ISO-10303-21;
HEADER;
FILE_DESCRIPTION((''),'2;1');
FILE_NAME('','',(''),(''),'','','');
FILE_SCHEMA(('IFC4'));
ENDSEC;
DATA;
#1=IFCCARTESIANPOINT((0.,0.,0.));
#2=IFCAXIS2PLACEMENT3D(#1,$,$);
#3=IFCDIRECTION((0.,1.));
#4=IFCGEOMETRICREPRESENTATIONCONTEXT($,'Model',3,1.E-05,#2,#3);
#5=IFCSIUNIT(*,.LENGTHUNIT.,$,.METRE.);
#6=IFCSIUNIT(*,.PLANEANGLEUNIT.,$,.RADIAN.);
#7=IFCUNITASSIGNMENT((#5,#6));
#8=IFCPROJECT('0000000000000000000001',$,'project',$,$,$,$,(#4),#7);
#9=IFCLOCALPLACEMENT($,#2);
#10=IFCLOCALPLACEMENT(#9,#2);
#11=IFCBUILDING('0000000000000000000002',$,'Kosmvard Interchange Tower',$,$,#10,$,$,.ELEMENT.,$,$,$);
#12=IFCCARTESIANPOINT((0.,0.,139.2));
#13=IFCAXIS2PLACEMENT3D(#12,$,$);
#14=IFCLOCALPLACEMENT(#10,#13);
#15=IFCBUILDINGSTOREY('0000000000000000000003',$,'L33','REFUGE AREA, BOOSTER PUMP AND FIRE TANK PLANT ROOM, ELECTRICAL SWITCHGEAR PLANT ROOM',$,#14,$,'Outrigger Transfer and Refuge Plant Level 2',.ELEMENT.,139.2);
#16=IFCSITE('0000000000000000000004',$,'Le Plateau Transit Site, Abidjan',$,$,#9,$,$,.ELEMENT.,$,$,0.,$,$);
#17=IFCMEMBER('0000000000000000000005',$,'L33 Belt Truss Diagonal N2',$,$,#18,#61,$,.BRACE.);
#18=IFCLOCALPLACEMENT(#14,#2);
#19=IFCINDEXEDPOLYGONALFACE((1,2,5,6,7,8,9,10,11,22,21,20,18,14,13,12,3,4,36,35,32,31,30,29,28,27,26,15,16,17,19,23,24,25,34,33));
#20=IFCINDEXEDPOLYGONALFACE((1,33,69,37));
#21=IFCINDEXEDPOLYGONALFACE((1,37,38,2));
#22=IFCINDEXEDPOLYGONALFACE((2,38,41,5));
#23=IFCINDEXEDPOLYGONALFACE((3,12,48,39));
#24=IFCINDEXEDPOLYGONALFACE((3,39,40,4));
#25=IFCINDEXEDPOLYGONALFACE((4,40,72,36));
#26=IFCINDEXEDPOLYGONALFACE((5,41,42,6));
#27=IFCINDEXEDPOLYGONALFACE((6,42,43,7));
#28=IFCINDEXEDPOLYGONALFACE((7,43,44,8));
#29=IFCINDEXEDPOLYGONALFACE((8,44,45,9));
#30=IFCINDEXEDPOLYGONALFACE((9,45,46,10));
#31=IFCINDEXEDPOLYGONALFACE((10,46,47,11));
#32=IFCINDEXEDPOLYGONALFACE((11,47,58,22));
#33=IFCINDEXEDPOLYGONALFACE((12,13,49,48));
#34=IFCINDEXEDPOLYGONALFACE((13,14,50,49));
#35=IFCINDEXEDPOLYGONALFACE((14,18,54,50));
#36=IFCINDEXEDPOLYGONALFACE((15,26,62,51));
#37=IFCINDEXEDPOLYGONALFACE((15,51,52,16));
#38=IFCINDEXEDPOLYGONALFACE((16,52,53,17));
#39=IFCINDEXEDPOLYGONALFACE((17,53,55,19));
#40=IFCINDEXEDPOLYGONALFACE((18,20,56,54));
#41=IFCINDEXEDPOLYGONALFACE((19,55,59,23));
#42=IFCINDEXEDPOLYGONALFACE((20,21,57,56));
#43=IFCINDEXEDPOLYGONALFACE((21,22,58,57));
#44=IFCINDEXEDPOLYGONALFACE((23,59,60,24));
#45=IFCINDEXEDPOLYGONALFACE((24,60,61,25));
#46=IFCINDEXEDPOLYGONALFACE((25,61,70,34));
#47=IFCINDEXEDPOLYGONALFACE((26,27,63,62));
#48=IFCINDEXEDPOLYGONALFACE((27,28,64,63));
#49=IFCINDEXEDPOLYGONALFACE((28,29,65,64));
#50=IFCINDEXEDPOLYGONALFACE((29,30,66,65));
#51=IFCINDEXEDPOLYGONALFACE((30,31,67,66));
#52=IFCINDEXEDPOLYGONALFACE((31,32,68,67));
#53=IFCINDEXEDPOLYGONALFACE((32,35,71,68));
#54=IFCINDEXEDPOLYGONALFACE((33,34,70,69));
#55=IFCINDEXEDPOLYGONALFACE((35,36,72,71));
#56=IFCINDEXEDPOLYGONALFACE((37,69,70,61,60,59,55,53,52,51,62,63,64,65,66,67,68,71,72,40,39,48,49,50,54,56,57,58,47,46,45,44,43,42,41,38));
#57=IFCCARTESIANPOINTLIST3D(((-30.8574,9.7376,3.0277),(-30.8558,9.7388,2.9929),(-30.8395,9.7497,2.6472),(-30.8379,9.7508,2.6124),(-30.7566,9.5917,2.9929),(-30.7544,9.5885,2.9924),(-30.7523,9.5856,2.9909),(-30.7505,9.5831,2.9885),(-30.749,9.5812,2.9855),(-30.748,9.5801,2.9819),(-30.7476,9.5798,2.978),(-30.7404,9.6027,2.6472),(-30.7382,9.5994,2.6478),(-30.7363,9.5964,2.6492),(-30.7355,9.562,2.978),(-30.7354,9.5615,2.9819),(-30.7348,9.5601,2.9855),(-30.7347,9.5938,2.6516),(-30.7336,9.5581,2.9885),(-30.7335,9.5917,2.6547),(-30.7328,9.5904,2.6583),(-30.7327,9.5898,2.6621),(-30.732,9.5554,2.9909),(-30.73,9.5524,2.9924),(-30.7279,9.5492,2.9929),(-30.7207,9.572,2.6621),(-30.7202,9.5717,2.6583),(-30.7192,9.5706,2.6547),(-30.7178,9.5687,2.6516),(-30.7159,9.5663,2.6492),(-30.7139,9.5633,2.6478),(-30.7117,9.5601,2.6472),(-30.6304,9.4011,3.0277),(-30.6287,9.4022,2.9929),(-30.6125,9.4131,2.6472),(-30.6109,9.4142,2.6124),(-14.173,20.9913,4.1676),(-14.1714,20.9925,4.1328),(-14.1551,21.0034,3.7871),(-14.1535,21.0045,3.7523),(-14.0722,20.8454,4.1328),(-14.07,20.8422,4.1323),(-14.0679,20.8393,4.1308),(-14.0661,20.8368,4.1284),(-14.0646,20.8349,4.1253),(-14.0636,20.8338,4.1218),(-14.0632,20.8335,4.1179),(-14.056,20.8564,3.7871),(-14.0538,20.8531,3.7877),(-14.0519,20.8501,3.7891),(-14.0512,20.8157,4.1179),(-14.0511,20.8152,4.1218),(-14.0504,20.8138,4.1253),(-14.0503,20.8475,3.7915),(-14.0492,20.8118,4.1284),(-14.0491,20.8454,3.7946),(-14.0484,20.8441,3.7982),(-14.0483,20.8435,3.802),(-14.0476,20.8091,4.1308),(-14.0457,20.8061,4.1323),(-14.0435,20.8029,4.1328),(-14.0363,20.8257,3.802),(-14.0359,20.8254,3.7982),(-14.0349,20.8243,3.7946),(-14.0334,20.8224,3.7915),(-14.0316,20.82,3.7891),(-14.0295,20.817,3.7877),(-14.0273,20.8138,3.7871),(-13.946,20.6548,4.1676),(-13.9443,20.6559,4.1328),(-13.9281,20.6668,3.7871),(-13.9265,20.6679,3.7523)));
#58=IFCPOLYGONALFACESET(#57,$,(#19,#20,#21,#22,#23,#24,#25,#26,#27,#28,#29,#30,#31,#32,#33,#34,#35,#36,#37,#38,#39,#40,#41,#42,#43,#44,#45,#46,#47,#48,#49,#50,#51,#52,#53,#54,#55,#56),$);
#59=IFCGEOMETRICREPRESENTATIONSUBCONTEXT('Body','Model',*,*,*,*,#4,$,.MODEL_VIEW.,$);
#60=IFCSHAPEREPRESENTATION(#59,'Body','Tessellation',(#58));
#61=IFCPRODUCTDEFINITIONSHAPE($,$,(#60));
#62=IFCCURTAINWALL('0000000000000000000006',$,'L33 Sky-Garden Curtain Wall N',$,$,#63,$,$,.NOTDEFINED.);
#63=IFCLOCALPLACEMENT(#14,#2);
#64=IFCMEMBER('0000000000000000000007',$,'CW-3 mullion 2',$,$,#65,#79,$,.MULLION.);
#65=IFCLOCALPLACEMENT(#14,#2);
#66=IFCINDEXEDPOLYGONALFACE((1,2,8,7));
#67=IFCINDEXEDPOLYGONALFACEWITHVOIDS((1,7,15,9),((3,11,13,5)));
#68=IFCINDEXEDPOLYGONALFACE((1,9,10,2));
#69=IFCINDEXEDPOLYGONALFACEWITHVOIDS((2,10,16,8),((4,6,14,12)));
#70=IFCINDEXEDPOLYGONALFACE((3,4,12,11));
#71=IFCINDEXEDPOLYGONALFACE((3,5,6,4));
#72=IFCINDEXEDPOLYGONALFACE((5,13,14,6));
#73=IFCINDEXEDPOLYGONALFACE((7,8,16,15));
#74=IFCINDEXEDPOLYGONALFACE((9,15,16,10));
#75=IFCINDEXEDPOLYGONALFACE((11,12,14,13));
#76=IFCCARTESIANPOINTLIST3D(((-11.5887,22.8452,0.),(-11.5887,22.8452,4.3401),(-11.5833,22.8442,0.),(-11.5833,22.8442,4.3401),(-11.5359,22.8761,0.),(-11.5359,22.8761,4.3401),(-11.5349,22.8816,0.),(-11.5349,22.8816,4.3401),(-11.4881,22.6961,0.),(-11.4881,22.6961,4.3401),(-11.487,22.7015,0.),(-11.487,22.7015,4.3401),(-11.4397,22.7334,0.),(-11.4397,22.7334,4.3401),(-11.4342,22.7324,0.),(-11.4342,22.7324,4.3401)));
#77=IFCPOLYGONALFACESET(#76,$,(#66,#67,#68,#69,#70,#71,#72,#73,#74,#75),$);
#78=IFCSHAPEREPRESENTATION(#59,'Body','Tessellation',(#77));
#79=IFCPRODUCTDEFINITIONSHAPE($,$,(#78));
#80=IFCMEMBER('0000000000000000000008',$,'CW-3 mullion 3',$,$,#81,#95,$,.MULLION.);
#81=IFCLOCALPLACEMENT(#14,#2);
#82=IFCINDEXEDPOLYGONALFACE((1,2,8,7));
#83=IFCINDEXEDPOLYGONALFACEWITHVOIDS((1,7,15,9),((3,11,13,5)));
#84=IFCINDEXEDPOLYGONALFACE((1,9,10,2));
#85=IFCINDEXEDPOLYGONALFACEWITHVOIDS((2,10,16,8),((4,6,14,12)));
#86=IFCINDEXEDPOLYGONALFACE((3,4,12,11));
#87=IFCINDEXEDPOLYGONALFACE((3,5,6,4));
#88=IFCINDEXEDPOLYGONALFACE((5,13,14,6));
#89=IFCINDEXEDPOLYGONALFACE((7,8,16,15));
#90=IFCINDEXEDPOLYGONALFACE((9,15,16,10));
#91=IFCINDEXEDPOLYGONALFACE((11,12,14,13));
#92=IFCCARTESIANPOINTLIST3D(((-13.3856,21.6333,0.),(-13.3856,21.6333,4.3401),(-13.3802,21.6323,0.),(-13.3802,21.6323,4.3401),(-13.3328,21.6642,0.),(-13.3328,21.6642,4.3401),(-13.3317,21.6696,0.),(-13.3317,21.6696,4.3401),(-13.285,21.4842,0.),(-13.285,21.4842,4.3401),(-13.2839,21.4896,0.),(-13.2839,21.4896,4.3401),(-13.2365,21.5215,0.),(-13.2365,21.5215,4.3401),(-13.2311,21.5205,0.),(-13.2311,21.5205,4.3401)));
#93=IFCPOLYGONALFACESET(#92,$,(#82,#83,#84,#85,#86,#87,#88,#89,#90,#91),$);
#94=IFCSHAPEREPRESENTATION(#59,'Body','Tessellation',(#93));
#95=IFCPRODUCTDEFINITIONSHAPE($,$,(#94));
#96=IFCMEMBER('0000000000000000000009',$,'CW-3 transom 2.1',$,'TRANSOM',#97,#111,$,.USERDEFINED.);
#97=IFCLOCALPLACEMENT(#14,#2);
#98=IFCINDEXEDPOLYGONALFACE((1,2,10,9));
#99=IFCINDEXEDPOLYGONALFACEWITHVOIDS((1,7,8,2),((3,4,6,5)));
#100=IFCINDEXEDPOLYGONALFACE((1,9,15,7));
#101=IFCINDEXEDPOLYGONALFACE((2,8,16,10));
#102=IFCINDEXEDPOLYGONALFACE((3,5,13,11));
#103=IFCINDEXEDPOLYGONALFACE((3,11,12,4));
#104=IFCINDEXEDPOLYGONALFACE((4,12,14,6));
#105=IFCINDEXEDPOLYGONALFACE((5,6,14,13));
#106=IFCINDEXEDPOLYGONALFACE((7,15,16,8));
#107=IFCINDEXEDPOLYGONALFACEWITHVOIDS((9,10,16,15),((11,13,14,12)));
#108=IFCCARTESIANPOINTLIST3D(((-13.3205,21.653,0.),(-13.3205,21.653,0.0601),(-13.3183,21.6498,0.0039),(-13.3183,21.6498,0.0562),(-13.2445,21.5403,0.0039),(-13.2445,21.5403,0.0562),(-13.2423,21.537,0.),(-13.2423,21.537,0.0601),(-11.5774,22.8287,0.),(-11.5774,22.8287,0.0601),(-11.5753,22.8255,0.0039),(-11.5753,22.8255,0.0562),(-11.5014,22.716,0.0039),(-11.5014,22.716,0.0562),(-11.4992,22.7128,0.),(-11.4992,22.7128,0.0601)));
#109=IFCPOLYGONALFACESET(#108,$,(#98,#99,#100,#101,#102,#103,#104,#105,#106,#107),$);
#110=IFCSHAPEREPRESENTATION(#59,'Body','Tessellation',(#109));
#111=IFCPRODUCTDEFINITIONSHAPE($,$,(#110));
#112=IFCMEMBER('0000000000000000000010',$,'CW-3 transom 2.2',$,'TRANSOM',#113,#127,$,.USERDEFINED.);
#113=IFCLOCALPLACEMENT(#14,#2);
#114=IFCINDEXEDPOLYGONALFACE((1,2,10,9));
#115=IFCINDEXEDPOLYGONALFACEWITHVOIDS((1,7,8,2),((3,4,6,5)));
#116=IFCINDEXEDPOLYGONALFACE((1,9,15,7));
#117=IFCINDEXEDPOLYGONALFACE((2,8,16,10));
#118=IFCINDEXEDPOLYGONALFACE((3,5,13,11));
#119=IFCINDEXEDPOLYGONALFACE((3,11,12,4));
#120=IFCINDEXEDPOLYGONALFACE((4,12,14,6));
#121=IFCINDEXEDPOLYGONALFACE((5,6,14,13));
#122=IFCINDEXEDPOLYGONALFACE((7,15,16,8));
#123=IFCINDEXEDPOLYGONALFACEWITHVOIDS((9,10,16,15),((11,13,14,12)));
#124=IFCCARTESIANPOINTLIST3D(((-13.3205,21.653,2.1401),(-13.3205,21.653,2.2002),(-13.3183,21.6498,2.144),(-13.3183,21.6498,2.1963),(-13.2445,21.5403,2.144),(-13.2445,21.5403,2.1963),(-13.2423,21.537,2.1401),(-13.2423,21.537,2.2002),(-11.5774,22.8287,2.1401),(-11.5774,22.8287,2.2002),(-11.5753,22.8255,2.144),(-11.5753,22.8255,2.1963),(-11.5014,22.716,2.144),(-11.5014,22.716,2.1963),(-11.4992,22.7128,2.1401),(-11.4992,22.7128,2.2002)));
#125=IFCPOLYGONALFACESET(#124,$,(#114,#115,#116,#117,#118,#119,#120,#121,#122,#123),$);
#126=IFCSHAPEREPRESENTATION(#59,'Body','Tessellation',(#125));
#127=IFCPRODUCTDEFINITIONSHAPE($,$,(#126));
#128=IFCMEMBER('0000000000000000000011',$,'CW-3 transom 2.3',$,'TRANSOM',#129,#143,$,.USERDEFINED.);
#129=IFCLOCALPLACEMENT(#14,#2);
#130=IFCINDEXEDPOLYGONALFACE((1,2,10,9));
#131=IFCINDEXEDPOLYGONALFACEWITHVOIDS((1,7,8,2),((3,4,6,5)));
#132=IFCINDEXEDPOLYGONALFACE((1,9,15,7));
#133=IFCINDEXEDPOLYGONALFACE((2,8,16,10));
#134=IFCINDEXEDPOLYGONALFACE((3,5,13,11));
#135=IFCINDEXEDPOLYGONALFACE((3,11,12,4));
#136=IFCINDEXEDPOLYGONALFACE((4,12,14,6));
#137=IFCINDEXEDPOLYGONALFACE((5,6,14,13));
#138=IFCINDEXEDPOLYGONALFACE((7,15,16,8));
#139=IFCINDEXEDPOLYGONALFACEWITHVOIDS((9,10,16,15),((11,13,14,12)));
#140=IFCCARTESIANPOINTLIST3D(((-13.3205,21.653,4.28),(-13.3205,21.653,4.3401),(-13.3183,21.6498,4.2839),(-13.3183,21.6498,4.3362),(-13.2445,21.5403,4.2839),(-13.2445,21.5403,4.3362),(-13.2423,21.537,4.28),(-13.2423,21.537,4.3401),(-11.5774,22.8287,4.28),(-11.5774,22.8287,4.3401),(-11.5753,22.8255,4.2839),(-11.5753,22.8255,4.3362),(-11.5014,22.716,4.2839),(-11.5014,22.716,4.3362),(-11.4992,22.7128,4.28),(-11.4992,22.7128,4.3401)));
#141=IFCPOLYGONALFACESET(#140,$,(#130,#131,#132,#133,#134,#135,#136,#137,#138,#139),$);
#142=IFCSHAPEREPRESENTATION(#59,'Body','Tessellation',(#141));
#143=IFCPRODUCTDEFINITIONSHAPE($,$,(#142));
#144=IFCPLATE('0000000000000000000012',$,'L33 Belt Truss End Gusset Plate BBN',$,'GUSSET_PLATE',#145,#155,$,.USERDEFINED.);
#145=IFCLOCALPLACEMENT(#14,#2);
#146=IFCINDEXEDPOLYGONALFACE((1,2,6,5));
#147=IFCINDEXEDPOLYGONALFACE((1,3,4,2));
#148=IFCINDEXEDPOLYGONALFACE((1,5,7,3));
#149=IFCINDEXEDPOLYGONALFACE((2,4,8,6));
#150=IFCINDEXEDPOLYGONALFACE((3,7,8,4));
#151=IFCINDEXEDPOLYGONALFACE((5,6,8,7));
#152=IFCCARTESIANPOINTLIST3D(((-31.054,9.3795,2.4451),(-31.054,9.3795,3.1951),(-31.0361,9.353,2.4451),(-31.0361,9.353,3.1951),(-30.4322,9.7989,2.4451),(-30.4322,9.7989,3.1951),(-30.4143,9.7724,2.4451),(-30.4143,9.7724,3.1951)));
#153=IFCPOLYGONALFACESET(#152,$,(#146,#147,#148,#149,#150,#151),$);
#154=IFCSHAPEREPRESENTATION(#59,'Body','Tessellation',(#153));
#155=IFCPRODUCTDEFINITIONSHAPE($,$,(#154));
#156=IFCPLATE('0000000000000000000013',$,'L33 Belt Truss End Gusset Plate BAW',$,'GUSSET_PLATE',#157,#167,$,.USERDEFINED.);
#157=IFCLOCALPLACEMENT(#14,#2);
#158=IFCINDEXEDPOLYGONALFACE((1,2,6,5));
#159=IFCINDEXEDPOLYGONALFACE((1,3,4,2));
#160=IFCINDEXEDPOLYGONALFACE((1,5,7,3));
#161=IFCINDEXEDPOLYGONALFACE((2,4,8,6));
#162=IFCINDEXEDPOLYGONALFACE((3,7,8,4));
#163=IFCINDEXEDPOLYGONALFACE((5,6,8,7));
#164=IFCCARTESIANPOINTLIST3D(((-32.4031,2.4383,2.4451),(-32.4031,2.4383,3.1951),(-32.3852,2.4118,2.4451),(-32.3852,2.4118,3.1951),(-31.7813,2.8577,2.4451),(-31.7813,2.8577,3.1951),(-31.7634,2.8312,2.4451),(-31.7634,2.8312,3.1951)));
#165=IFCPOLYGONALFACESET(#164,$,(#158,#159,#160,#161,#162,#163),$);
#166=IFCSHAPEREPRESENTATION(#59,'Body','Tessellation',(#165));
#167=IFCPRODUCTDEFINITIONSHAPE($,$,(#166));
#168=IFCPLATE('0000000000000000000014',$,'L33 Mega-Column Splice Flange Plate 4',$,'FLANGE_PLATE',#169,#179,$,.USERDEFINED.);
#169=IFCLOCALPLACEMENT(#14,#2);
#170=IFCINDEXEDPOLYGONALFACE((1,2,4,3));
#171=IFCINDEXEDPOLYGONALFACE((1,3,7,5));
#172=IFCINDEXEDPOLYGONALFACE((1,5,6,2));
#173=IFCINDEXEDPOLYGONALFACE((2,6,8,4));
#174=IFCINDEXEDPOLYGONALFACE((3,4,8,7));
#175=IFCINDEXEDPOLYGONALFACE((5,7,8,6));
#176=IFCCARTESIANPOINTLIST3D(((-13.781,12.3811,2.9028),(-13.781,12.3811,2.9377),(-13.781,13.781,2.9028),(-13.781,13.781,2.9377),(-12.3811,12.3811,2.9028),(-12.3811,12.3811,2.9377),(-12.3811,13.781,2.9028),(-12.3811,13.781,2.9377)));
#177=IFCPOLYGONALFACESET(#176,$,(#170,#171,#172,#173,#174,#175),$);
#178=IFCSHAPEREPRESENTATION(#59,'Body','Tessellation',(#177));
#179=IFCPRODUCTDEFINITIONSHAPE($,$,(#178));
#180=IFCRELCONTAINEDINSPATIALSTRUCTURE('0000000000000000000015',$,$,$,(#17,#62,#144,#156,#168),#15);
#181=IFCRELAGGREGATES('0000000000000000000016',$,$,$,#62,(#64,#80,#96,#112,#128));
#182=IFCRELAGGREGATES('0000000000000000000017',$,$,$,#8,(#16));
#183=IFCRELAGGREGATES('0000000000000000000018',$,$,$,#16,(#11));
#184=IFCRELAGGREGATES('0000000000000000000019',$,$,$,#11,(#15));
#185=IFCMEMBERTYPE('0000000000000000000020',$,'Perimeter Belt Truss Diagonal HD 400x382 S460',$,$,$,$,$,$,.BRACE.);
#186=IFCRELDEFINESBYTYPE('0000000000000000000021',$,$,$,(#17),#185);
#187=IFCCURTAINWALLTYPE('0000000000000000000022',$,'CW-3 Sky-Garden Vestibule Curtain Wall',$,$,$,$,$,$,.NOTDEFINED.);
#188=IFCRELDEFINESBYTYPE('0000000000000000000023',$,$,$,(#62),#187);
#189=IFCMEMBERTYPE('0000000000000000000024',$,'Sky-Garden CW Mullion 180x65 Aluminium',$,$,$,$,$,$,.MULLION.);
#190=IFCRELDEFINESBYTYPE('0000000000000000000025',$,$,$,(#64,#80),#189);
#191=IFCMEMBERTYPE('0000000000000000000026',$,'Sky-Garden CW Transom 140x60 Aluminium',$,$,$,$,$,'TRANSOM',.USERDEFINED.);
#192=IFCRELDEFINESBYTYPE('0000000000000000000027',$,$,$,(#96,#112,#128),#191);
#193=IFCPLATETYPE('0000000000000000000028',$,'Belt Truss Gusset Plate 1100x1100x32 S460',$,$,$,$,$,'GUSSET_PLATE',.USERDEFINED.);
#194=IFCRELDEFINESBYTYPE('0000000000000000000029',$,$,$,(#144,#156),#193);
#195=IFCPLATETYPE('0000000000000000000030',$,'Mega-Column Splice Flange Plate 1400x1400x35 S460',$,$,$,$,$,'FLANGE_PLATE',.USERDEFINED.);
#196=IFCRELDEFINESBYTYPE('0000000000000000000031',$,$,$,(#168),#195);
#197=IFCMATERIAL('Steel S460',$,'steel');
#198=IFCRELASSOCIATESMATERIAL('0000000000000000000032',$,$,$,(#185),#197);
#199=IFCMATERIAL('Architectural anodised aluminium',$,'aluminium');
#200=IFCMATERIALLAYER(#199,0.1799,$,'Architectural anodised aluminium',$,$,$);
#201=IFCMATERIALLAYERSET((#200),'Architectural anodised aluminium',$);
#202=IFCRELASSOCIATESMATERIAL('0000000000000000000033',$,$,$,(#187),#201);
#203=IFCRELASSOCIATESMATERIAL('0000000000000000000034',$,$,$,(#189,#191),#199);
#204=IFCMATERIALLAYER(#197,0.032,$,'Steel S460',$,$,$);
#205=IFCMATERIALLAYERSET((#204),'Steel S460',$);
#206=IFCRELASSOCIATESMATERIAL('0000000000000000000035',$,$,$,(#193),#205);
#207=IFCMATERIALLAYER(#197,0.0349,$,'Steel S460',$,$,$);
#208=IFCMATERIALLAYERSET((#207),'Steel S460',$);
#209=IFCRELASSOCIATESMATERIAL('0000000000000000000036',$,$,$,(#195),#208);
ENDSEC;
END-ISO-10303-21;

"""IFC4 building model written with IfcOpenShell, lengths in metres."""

from ifc_helpers import new_model, si_unit, direction, frame, origin, origin_2d, place, context, subcontext, project, spatial, rectangle, hollow_rectangle, i_section, extrude, source, transform, mapped, material, layer, layer_set, material_profile, profile_set, type_object, element, aggregate, save


model = new_model("IFC4")

# Units and contexts
model_context = context("Model", 3, precision=1e-05, world=origin(), true_north=direction((0.0, 1.0)))
body_context = subcontext(model_context, "Body", "Model", "MODEL_VIEW")
ifc_project = project(units=[si_unit("LENGTHUNIT", "METRE"), si_unit("PLANEANGLEUNIT", "RADIAN")], contexts=[model_context])

# Site, building, storey
site_placement = place(None, origin())
site = spatial("IfcSite", under=ifc_project, at=site_placement, Name="Le Plateau Transit Site, Abidjan", CompositionType="ELEMENT", RefElevation=0.0)
building_placement = place(site_placement, origin())
building = spatial("IfcBuilding", under=site, at=building_placement, Name="Kosmvard Interchange Tower", CompositionType="ELEMENT")
storey_placement = place(building_placement, frame((0.0, 0.0, 139.2)))
storey = spatial("IfcBuildingStorey", under=building, at=storey_placement, Name="L33", Description="REFUGE AREA, BOOSTER PUMP AND FIRE TANK PLANT ROOM, ELECTRICAL SWITCHGEAR PLANT ROOM", LongName="Outrigger Transfer and Refuge Plant Level 2", CompositionType="ELEMENT", Elevation=139.2)

# Shared definitions
ifc_material_1 = material(Name="Steel S460", Category="steel")

# Member
ifc_material_profile_1 = material_profile(ifc_material_1, i_section(OverallWidth=0.406, OverallDepth=0.416, WebThickness=0.0215, FlangeThickness=0.0349, FilletRadius=0.0149, at=origin_2d()), Name="HD 400x382")
ifc_profile_set_1 = profile_set([ifc_material_profile_1], Name="Steel S460")
member_type_1 = type_object("IfcMemberType", Name="Perimeter Belt Truss Diagonal HD 400x382 S460", PredefinedType="BRACE", material=ifc_profile_set_1)
shared_shape_1 = source(origin(), body_context, "Body", "SweptSolid", [
    extrude(i_section(OverallWidth=0.406, OverallDepth=0.416, WebThickness=0.0215, FlangeThickness=0.0349, FilletRadius=0.0149, at=origin_2d()), origin(), (0.0, 0.0, 1.0), 20.1572),
])
member_1_placement = place(storey_placement, frame((-30.7341, 9.5759, 2.8201), z_axis=(0.827712, 0.558296, 0.05655), x_axis=(-0.559191, 0.829039, 0.0)))
element("IfcMember", 1, at=member_1_placement, inside=storey, type_object=member_type_1, Name="L33 Belt Truss Diagonal N2", PredefinedType="BRACE", context=body_context, shape_type="MappedRepresentation", body=[
    mapped(shared_shape_1, transform((0.0, 0.0, 0.0), scale=1.0)),
])

# Curtain wall, members
ifc_material_2 = material(Name="Architectural anodised aluminium", Category="aluminium")
ifc_layer_1 = layer(ifc_material_2, 0.1799, Name="Architectural anodised aluminium")
ifc_layer_set_1 = layer_set([ifc_layer_1], Name="Architectural anodised aluminium")
curtain_wall_type = type_object("IfcCurtainWallType", Name="CW-3 Sky-Garden Vestibule Curtain Wall", PredefinedType="NOTDEFINED", material=ifc_layer_set_1)
curtain_wall_placement = place(storey_placement, origin())
curtain_wall = element("IfcCurtainWall", 2, at=curtain_wall_placement, inside=storey, type_object=curtain_wall_type, Name="L33 Sky-Garden Curtain Wall N", PredefinedType="NOTDEFINED")
ifc_material_profile_2 = material_profile(ifc_material_2, hollow_rectangle(XDim=0.1799, YDim=0.0649, WallThickness=0.0039, at=origin_2d()), Name="CWM 180x65x4")
ifc_profile_set_2 = profile_set([ifc_material_profile_2], Name="Architectural anodised aluminium")
member_type_2 = type_object("IfcMemberType", Name="Sky-Garden CW Mullion 180x65 Aluminium", PredefinedType="MULLION", material=ifc_profile_set_2)
shared_shape_2 = source(origin(), body_context, "Body", "SweptSolid", [
    extrude(hollow_rectangle(XDim=0.1799, YDim=0.0649, WallThickness=0.0039, at=origin_2d()), origin(), (0.0, 0.0, 1.0), 4.3401),
])
member_2_placement = place(storey_placement, frame((-11.5115, 22.7888, 0.0), z_axis=(0.0, 0.0, 1.0), x_axis=(0.559193, -0.829038, 0.0)))
member_2 = element("IfcMember", 3, at=member_2_placement, type_object=member_type_2, Name="CW-3 mullion 2", PredefinedType="MULLION", context=body_context, shape_type="MappedRepresentation", body=[
    mapped(shared_shape_2, transform((0.0, 0.0, 0.0), scale=1.0)),
])
member_3_placement = place(storey_placement, frame((-13.3083, 21.5769, 0.0), z_axis=(0.0, 0.0, 1.0), x_axis=(0.559193, -0.829038, 0.0)))
member_3 = element("IfcMember", 4, at=member_3_placement, type_object=member_type_2, Name="CW-3 mullion 3", PredefinedType="MULLION", context=body_context, shape_type="MappedRepresentation", body=[
    mapped(shared_shape_2, transform((0.0, 0.0, 0.0), scale=1.0)),
])
ifc_material_profile_3 = material_profile(ifc_material_2, hollow_rectangle(XDim=0.1399, YDim=0.0601, WallThickness=0.0039, at=origin_2d()), Name="CWT 140x60x4")
ifc_profile_set_3 = profile_set([ifc_material_profile_3], Name="Architectural anodised aluminium")
member_type_3 = type_object("IfcMemberType", Name="Sky-Garden CW Transom 140x60 Aluminium", ElementType="TRANSOM", PredefinedType="USERDEFINED", material=ifc_profile_set_3)
shared_shape_3 = source(origin(), body_context, "Body", "SweptSolid", [
    extrude(hollow_rectangle(XDim=0.1399, YDim=0.0601, WallThickness=0.0039, at=origin_2d()), origin(), (0.0, 0.0, 1.0), 2.1025),
])
member_4_placement = place(storey_placement, frame((-11.5383, 22.7708, 0.03), z_axis=(-0.829037, -0.559194, 0.0), x_axis=(0.559194, -0.829037, 0.0)))
member_4 = element("IfcMember", 5, at=member_4_placement, type_object=member_type_3, Name="CW-3 transom 2.1", ObjectType="TRANSOM", PredefinedType="USERDEFINED", context=body_context, shape_type="MappedRepresentation", body=[
    mapped(shared_shape_3, transform((0.0, 0.0, 0.0), scale=1.0)),
])
member_5_placement = place(storey_placement, frame((-11.5383, 22.7708, 2.1702), z_axis=(-0.829037, -0.559194, 0.0), x_axis=(0.559194, -0.829037, 0.0)))
member_5 = element("IfcMember", 6, at=member_5_placement, type_object=member_type_3, Name="CW-3 transom 2.2", ObjectType="TRANSOM", PredefinedType="USERDEFINED", context=body_context, shape_type="MappedRepresentation", body=[
    mapped(shared_shape_3, transform((0.0, 0.0, 0.0), scale=1.0)),
])
member_6_placement = place(storey_placement, frame((-11.5383, 22.7708, 4.3101), z_axis=(-0.829037, -0.559194, 0.0), x_axis=(0.559194, -0.829037, 0.0)))
member_6 = element("IfcMember", 7, at=member_6_placement, type_object=member_type_3, Name="CW-3 transom 2.3", ObjectType="TRANSOM", PredefinedType="USERDEFINED", context=body_context, shape_type="MappedRepresentation", body=[
    mapped(shared_shape_3, transform((0.0, 0.0, 0.0), scale=1.0)),
])

# Plates
ifc_layer_2 = layer(ifc_material_1, 0.032, Name="Steel S460")
ifc_layer_set_2 = layer_set([ifc_layer_2], Name="Steel S460")
plate_type_1 = type_object("IfcPlateType", Name="Belt Truss Gusset Plate 1100x1100x32 S460", ElementType="GUSSET_PLATE", PredefinedType="USERDEFINED", material=ifc_layer_set_2)
shared_shape_4 = source(origin(), body_context, "Body", "SweptSolid", [
    extrude(rectangle(XDim=0.75, YDim=0.032, at=origin_2d()), origin(), (0.0, 0.0, 1.0), 0.75),
])
for number, where, z_axis, x_axis, name in (
    (8, (-30.7341, 9.5759, 2.4451), (0.0, 0.0, 1.0), (0.829038, 0.559193, 0.0), "L33 Belt Truss End Gusset Plate BBN"),
    (9, (-32.0833, 2.6348, 2.4451), (0.0, 0.0, 1.0), (0.829038, 0.559193, 0.0), "L33 Belt Truss End Gusset Plate BAW"),
):
    element("IfcPlate", number, at=place(storey_placement, frame(where, z_axis=z_axis, x_axis=x_axis)), inside=storey, type_object=plate_type_1, Name=name, ObjectType="GUSSET_PLATE", PredefinedType="USERDEFINED", context=body_context, shape_type="MappedRepresentation", body=[
        mapped(shared_shape_4, transform((0.0, 0.0, 0.0), scale=1.0)),
    ])
ifc_layer_3 = layer(ifc_material_1, 0.0349, Name="Steel S460")
ifc_layer_set_3 = layer_set([ifc_layer_3], Name="Steel S460")
plate_type_2 = type_object("IfcPlateType", Name="Mega-Column Splice Flange Plate 1400x1400x35 S460", ElementType="FLANGE_PLATE", PredefinedType="USERDEFINED", material=ifc_layer_set_3)
shared_shape_5 = source(origin(), body_context, "Body", "SweptSolid", [
    extrude(rectangle(XDim=1.3999, YDim=1.3999, at=origin_2d()), origin(), (0.0, 0.0, 1.0), 0.0349),
])
plate_1_placement = place(storey_placement, frame((-13.0811, 13.0811, 2.9028), z_axis=(0.0, 0.0, 1.0), x_axis=(1.0, 0.0, 0.0)))
element("IfcPlate", 10, at=plate_1_placement, inside=storey, type_object=plate_type_2, Name="L33 Mega-Column Splice Flange Plate 4", ObjectType="FLANGE_PLATE", PredefinedType="USERDEFINED", context=body_context, shape_type="MappedRepresentation", body=[
    mapped(shared_shape_5, transform((0.0, 0.0, 0.0), scale=1.0)),
])

aggregate(curtain_wall, [member_2, member_3, member_4, member_5, member_6])

save(model, "model.ifc")
